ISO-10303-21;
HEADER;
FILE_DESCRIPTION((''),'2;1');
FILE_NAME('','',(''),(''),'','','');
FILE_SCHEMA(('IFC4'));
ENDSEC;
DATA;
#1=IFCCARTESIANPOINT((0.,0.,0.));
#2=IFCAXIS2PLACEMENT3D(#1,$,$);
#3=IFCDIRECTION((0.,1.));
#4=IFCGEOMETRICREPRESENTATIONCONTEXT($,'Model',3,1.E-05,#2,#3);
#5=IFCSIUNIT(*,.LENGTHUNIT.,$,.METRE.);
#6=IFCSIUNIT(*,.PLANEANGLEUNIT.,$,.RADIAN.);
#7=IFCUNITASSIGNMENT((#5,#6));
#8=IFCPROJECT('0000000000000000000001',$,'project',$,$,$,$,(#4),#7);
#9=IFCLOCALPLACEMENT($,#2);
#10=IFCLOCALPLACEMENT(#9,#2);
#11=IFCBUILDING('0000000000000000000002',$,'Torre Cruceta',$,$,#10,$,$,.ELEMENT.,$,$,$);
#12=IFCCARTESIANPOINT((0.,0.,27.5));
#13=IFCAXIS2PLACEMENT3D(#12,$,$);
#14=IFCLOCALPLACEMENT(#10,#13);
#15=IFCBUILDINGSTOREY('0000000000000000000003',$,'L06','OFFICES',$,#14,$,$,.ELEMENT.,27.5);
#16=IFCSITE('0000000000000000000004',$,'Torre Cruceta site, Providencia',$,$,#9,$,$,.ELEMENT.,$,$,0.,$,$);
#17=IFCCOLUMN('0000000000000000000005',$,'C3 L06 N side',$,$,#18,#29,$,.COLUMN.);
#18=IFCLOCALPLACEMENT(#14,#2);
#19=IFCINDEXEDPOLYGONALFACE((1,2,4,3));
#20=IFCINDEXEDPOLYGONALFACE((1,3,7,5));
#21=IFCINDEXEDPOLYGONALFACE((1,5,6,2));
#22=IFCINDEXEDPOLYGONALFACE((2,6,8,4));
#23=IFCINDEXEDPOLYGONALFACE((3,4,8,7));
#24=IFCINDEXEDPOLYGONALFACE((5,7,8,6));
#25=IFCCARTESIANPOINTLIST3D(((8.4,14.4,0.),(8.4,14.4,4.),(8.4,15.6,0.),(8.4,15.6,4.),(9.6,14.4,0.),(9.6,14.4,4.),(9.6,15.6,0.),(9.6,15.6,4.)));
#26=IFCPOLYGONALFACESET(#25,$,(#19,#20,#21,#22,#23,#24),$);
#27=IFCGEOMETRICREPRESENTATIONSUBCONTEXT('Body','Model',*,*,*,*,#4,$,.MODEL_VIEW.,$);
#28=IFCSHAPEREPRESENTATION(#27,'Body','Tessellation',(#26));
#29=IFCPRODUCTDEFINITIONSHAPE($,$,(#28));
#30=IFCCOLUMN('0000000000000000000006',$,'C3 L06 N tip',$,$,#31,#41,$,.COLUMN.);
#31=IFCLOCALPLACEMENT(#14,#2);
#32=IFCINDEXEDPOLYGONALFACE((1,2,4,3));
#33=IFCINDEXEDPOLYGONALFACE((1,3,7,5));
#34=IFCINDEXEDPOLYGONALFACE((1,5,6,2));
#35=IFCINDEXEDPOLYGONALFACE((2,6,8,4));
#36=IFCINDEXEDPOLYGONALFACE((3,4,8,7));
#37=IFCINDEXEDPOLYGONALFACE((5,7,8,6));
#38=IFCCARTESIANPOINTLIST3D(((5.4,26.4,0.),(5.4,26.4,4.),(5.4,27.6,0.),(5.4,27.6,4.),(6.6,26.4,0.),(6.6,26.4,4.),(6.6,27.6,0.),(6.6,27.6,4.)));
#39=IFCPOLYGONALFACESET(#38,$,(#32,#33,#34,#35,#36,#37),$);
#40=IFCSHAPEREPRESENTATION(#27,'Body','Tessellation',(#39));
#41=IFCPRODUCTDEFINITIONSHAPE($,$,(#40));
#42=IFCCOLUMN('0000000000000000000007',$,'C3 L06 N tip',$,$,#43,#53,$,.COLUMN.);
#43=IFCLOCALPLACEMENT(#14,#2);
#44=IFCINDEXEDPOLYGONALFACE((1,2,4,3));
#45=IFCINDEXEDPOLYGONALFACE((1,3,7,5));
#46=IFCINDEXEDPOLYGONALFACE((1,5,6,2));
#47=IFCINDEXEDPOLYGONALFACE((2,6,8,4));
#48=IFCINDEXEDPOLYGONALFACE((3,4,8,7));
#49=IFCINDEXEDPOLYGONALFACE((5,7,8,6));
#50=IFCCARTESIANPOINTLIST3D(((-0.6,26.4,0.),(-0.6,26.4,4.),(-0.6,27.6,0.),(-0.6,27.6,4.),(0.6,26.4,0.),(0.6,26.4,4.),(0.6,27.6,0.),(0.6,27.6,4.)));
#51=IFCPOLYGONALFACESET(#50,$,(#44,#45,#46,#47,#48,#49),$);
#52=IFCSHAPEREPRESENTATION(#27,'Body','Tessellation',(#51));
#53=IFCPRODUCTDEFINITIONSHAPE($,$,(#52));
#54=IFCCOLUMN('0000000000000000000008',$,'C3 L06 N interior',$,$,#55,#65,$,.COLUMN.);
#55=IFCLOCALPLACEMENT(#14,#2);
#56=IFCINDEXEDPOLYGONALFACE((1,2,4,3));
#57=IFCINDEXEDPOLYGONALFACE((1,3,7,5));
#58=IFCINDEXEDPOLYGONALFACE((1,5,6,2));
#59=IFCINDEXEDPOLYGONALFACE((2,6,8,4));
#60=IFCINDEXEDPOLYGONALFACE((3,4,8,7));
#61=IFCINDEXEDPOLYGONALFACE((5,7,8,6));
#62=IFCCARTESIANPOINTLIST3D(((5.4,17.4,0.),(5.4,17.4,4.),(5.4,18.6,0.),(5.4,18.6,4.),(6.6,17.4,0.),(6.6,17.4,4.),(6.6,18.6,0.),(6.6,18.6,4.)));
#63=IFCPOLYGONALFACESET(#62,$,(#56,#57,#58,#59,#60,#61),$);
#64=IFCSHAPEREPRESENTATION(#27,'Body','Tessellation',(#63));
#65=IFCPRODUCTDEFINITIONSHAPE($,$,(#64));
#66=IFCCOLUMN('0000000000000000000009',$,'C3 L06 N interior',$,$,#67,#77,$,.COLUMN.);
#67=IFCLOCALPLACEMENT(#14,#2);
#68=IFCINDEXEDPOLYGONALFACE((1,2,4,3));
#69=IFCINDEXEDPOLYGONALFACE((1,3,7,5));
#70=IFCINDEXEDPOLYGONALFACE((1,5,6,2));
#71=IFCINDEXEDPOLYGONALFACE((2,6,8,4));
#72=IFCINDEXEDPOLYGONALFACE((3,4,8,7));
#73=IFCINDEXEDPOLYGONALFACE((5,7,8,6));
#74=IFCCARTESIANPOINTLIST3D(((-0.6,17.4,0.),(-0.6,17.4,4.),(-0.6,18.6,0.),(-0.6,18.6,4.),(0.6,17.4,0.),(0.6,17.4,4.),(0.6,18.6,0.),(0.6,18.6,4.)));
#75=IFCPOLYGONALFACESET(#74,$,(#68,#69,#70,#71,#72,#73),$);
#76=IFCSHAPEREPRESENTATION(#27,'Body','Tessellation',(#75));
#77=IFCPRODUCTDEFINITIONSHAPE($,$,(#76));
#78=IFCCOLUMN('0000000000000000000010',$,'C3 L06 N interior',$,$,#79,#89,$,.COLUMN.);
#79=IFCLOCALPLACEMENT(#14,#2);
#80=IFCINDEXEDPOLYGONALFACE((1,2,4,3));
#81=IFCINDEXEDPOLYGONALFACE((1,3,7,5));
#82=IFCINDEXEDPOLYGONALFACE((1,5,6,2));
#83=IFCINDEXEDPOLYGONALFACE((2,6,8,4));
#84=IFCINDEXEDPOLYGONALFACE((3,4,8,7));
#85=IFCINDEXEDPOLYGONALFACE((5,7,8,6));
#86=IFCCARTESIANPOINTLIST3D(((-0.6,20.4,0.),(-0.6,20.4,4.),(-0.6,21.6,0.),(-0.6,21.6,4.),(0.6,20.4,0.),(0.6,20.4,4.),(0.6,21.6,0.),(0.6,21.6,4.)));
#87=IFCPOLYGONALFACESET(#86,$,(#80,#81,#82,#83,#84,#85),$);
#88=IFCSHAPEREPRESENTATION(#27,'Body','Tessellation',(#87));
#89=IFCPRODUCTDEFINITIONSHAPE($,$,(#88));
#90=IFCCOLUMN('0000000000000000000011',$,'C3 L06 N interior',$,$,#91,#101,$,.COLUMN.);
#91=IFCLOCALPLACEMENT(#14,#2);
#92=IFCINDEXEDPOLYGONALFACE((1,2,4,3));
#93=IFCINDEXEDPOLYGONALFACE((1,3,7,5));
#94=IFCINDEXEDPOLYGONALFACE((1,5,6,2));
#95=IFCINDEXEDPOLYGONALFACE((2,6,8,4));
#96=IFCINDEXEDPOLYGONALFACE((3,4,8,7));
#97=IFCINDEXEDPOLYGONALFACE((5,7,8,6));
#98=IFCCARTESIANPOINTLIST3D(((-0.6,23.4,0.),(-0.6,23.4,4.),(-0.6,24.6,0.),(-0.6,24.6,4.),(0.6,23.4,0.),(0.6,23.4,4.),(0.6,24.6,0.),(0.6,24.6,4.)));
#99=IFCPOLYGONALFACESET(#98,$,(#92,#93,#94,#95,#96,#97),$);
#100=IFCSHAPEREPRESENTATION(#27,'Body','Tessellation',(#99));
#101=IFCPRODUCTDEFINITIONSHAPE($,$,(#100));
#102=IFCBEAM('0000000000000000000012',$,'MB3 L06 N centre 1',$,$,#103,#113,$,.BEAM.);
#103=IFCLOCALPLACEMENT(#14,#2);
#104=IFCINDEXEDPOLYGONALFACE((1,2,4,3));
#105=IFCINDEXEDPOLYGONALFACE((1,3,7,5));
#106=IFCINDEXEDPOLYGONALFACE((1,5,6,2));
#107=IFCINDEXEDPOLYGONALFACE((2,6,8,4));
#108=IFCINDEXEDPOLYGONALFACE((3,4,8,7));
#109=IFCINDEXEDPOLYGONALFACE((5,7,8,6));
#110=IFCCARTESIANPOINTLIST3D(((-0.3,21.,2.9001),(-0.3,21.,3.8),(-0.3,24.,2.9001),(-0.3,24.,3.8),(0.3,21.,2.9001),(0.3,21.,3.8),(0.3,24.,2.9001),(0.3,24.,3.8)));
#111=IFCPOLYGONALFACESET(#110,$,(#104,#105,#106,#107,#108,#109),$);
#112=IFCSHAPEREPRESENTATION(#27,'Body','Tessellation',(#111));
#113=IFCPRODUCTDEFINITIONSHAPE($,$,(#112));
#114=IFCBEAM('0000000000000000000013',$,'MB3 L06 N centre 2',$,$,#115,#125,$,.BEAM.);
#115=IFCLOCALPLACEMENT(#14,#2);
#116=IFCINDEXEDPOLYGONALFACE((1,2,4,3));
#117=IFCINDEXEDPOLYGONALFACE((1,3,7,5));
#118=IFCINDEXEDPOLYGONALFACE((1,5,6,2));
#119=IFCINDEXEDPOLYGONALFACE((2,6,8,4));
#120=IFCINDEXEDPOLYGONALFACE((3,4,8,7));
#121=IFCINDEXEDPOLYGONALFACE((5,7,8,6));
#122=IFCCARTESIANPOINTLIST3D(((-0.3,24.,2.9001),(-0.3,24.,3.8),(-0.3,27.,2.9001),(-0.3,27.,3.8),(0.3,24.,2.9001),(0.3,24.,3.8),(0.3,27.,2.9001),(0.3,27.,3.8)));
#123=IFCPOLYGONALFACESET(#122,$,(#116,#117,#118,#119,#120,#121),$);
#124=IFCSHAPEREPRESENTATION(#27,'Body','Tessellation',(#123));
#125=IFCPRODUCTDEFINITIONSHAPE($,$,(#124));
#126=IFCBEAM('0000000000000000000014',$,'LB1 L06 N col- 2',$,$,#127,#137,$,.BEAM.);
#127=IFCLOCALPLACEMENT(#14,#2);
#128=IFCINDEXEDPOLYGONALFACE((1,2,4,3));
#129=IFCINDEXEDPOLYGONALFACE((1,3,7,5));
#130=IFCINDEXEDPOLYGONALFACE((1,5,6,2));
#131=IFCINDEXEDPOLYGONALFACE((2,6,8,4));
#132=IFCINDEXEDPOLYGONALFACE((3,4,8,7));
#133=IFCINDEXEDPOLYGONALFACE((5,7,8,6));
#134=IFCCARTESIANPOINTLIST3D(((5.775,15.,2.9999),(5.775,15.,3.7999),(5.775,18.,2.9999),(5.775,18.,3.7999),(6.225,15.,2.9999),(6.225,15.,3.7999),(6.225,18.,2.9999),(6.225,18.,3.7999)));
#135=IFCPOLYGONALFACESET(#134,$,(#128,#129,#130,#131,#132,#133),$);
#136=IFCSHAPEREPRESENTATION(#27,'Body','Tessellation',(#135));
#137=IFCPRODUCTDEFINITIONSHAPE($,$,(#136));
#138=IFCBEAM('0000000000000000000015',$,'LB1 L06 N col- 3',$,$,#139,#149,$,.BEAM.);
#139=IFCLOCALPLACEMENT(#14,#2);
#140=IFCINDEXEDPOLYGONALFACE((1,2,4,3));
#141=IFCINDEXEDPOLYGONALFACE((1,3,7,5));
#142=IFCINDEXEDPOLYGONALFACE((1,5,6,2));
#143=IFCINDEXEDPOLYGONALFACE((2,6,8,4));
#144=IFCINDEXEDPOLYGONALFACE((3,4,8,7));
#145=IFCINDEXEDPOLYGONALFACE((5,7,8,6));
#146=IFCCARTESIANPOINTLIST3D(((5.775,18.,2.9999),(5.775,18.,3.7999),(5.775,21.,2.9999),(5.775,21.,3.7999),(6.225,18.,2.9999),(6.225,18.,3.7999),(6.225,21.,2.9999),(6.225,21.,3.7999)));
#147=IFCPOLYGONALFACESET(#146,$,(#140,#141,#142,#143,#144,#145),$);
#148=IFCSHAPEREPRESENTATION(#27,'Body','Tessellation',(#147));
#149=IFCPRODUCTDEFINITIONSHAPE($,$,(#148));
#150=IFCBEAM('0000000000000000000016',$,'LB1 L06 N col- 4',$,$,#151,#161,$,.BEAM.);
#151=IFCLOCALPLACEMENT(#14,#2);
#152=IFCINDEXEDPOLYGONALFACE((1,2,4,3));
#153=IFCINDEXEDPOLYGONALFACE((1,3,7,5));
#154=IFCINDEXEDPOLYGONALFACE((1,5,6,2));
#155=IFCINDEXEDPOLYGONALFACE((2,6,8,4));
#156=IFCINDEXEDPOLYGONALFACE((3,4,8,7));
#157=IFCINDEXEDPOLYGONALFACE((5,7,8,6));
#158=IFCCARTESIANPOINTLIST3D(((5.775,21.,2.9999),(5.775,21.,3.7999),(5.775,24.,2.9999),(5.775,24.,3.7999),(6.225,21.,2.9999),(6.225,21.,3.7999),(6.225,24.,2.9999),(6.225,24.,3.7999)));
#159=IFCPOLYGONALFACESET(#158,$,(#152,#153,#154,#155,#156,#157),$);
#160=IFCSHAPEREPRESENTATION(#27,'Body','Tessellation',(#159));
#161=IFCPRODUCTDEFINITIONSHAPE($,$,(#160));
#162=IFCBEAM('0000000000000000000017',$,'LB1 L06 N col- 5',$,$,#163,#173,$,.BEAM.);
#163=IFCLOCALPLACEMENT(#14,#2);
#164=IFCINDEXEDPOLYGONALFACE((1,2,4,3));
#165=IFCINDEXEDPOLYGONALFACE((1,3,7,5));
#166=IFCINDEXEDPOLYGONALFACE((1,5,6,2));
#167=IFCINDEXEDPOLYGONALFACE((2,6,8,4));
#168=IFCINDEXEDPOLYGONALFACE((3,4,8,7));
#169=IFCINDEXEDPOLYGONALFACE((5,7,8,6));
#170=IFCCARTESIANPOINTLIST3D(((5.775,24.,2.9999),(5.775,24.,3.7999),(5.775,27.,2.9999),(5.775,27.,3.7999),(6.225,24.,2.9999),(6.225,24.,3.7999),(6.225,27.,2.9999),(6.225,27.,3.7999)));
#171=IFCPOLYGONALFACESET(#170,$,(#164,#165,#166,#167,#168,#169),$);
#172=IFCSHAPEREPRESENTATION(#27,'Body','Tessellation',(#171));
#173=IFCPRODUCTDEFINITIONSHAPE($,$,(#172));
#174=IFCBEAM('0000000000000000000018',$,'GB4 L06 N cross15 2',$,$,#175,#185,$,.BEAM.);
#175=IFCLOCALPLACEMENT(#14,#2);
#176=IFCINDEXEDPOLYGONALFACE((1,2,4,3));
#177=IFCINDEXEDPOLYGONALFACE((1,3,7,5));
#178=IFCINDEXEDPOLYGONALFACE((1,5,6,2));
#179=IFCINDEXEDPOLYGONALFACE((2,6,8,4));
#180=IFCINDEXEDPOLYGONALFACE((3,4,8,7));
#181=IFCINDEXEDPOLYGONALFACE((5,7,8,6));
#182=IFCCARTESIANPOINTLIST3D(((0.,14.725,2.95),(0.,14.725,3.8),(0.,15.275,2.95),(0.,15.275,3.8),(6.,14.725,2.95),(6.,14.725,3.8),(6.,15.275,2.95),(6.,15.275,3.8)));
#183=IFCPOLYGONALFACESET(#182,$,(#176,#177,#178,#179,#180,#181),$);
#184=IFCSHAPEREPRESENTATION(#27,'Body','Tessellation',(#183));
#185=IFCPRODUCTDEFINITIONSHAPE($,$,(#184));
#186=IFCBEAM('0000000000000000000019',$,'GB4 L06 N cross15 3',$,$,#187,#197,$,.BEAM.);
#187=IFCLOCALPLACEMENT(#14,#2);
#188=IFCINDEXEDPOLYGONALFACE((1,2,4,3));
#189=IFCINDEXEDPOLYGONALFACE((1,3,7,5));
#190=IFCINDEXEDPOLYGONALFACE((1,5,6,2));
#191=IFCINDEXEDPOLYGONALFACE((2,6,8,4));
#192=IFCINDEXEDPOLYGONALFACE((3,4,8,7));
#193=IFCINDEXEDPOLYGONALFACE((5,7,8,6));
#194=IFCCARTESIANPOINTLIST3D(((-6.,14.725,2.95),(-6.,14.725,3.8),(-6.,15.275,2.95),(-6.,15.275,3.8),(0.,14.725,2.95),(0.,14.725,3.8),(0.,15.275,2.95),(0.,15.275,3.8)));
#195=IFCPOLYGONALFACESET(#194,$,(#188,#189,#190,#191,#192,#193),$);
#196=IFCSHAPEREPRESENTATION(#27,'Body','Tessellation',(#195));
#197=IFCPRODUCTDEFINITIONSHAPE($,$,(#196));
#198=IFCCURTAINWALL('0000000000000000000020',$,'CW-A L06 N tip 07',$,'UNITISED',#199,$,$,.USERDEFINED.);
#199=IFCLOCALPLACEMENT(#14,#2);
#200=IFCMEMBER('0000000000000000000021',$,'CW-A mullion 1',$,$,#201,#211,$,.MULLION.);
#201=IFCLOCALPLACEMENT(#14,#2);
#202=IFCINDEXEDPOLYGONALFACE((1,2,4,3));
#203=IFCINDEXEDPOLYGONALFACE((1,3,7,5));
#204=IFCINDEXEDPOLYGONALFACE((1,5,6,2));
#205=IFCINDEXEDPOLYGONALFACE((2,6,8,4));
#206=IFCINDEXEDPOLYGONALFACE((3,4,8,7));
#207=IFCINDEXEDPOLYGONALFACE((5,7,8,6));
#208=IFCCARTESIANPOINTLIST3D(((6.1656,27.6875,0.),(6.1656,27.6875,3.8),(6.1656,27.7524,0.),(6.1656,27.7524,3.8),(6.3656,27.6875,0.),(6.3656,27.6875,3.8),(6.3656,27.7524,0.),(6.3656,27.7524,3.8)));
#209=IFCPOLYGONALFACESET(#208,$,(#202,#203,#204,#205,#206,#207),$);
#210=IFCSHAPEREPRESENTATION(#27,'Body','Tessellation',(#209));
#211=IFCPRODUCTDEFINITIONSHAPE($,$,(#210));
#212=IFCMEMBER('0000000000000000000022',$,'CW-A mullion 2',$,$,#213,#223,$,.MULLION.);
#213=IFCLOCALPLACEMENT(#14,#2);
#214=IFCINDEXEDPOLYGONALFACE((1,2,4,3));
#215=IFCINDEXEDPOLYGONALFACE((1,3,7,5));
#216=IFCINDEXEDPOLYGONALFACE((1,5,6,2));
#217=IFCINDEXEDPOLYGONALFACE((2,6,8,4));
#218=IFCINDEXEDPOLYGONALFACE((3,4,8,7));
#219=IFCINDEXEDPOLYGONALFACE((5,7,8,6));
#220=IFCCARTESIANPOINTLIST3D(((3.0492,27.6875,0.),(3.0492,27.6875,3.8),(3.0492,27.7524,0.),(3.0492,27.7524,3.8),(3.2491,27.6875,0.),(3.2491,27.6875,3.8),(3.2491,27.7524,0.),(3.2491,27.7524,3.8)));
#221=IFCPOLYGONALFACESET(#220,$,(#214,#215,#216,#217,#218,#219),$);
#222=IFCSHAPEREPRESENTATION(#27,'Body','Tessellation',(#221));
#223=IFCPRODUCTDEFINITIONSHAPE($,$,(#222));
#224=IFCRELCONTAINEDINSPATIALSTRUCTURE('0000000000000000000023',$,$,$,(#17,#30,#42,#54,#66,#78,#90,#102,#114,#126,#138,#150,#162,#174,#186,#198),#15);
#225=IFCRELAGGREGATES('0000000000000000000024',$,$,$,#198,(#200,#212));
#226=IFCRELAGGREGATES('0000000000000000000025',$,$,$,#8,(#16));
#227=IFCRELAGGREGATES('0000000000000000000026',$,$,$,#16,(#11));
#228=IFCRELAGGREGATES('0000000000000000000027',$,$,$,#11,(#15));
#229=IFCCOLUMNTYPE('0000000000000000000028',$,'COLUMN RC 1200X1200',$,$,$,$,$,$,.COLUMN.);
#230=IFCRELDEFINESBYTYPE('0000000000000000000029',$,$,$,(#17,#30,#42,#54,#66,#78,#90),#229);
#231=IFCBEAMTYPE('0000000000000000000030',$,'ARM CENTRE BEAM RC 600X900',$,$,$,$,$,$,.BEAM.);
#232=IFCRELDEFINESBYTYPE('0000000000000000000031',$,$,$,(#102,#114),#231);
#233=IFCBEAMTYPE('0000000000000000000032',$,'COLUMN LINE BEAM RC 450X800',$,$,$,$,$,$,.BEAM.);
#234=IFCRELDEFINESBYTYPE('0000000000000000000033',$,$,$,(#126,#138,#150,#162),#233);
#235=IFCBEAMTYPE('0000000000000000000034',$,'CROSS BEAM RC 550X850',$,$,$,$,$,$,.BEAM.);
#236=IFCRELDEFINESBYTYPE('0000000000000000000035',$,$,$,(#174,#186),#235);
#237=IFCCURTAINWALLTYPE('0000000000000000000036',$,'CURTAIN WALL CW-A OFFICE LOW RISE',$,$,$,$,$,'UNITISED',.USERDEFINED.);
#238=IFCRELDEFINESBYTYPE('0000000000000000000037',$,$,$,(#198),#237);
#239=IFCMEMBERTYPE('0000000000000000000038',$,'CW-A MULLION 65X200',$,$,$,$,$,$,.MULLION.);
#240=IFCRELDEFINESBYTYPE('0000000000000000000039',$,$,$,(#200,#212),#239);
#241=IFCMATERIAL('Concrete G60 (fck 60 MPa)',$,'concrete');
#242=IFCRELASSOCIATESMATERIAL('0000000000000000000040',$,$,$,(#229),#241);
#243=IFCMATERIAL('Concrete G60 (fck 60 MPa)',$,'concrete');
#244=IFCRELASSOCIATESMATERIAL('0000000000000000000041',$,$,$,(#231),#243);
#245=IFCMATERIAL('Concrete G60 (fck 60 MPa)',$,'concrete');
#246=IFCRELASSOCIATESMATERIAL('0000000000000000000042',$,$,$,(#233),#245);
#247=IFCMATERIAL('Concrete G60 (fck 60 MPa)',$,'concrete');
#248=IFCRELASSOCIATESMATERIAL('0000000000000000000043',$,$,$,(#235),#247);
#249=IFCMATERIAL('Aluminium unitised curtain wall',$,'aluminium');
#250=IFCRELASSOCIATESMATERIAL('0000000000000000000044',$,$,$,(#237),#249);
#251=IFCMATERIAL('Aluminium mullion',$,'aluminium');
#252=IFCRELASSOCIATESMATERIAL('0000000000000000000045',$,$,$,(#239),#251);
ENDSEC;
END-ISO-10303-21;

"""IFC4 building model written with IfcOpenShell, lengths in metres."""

from ifc_helpers import new_model, si_unit, direction, frame, origin, origin_2d, place, context, subcontext, project, spatial, rectangle, extrude, material, material_profile, profile_set, type_object, element, aggregate, save


model = new_model("IFC4")

# Units and contexts
model_context = context("Model", 3, precision=1e-05, world=origin(), true_north=direction((0.0, 1.0)))
body_context = subcontext(model_context, "Body", "Model", "MODEL_VIEW")
ifc_project = project(units=[si_unit("LENGTHUNIT", "METRE"), si_unit("PLANEANGLEUNIT", "RADIAN")], contexts=[model_context])

# Site, building, storey
site_placement = place(None, origin())
site = spatial("IfcSite", under=ifc_project, at=site_placement, Name="Torre Cruceta site, Providencia", CompositionType="ELEMENT", RefElevation=0.0)
building_placement = place(site_placement, origin())
building = spatial("IfcBuilding", under=site, at=building_placement, Name="Torre Cruceta", CompositionType="ELEMENT")
storey_placement = place(building_placement, frame((0.0, 0.0, 27.5)))
storey = spatial("IfcBuildingStorey", under=building, at=storey_placement, Name="L06", Description="OFFICES", CompositionType="ELEMENT", Elevation=27.5)

# Columns
ifc_material_1 = material(Name="Concrete G60 (fck 60 MPa)", Category="concrete")
ifc_material_profile_1 = material_profile(ifc_material_1, rectangle(XDim=1.2, YDim=1.2, at=origin_2d()), Name="RC 1200X1200")
ifc_profile_set_1 = profile_set([ifc_material_profile_1], Name="Concrete G60 (fck 60 MPa)")
column_type = type_object("IfcColumnType", Name="COLUMN RC 1200X1200", PredefinedType="COLUMN", material=ifc_profile_set_1)
for number, where, z_axis, x_axis, name in (
    (1, (9.0, 15.0, 0.0), (0.0, 0.0, 1.0), (1.0, 0.0, 0.0), "C3 L06 N side"),
    (2, (6.0, 27.0, 0.0), (0.0, 0.0, 1.0), (1.0, 0.0, 0.0), "C3 L06 N tip"),
    (3, (0.0, 27.0, 0.0), (0.0, 0.0, 1.0), (1.0, 0.0, 0.0), "C3 L06 N tip"),
    (4, (6.0, 18.0, 0.0), (0.0, 0.0, 1.0), (1.0, 0.0, 0.0), "C3 L06 N interior"),
    (5, (0.0, 18.0, 0.0), (0.0, 0.0, 1.0), (1.0, 0.0, 0.0), "C3 L06 N interior"),
    (6, (0.0, 21.0, 0.0), (0.0, 0.0, 1.0), (1.0, 0.0, 0.0), "C3 L06 N interior"),
    (7, (0.0, 24.0, 0.0), (0.0, 0.0, 1.0), (1.0, 0.0, 0.0), "C3 L06 N interior"),
):
    element("IfcColumn", number, at=place(storey_placement, frame(where, z_axis=z_axis, x_axis=x_axis)), inside=storey, type_object=column_type, Name=name, PredefinedType="COLUMN", context=body_context, shape_type="SweptSolid", body=[
        extrude(rectangle(XDim=1.2, YDim=1.2, at=origin_2d()), origin(), (0.0, 0.0, 1.0), 4.0),
    ])

# Beams
ifc_material_2 = material(Name="Concrete G60 (fck 60 MPa)", Category="concrete")
ifc_material_profile_2 = material_profile(ifc_material_2, rectangle(XDim=0.6001, YDim=0.8999, at=origin_2d()), Name="RC 600X900")
ifc_profile_set_2 = profile_set([ifc_material_profile_2], Name="Concrete G60 (fck 60 MPa)")
beam_type_1 = type_object("IfcBeamType", Name="ARM CENTRE BEAM RC 600X900", PredefinedType="BEAM", material=ifc_profile_set_2)
for number, where, z_axis, x_axis, name in (
    (8, (0.0, 21.0, 3.3501), (0.0, 1.0, 0.0), (-1.0, 0.0, 0.0), "MB3 L06 N centre 1"),
    (9, (0.0, 24.0, 3.3501), (0.0, 1.0, 0.0), (-1.0, 0.0, 0.0), "MB3 L06 N centre 2"),
):
    element("IfcBeam", number, at=place(storey_placement, frame(where, z_axis=z_axis, x_axis=x_axis)), inside=storey, type_object=beam_type_1, Name=name, PredefinedType="BEAM", context=body_context, shape_type="SweptSolid", body=[
        extrude(rectangle(XDim=0.6001, YDim=0.8999, at=origin_2d()), origin(), (0.0, 0.0, 1.0), 3.0),
    ])
ifc_material_3 = material(Name="Concrete G60 (fck 60 MPa)", Category="concrete")
ifc_material_profile_3 = material_profile(ifc_material_3, rectangle(XDim=0.45, YDim=0.8, at=origin_2d()), Name="RC 450X800")
ifc_profile_set_3 = profile_set([ifc_material_profile_3], Name="Concrete G60 (fck 60 MPa)")
beam_type_2 = type_object("IfcBeamType", Name="COLUMN LINE BEAM RC 450X800", PredefinedType="BEAM", material=ifc_profile_set_3)
for number, where, z_axis, x_axis, name in (
    (10, (6.0, 15.0, 3.3999), (0.0, 1.0, 0.0), (-1.0, 0.0, 0.0), "LB1 L06 N col- 2"),
    (11, (6.0, 18.0, 3.3999), (0.0, 1.0, 0.0), (-1.0, 0.0, 0.0), "LB1 L06 N col- 3"),
    (12, (6.0, 21.0, 3.3999), (0.0, 1.0, 0.0), (-1.0, 0.0, 0.0), "LB1 L06 N col- 4"),
    (13, (6.0, 24.0, 3.3999), (0.0, 1.0, 0.0), (-1.0, 0.0, 0.0), "LB1 L06 N col- 5"),
):
    element("IfcBeam", number, at=place(storey_placement, frame(where, z_axis=z_axis, x_axis=x_axis)), inside=storey, type_object=beam_type_2, Name=name, PredefinedType="BEAM", context=body_context, shape_type="SweptSolid", body=[
        extrude(rectangle(XDim=0.45, YDim=0.8, at=origin_2d()), origin(), (0.0, 0.0, 1.0), 3.0),
    ])
ifc_material_4 = material(Name="Concrete G60 (fck 60 MPa)", Category="concrete")
ifc_material_profile_4 = material_profile(ifc_material_4, rectangle(XDim=0.55, YDim=0.8501, at=origin_2d()), Name="RC 550X850")
ifc_profile_set_4 = profile_set([ifc_material_profile_4], Name="Concrete G60 (fck 60 MPa)")
beam_type_3 = type_object("IfcBeamType", Name="CROSS BEAM RC 550X850", PredefinedType="BEAM", material=ifc_profile_set_4)
for number, where, z_axis, x_axis, name in (
    (14, (6.0, 15.0, 3.375), (-1.0, 0.0, 0.0), (0.0, -1.0, 0.0), "GB4 L06 N cross15 2"),
    (15, (0.0, 15.0, 3.375), (-1.0, 0.0, 0.0), (0.0, -1.0, 0.0), "GB4 L06 N cross15 3"),
):
    element("IfcBeam", number, at=place(storey_placement, frame(where, z_axis=z_axis, x_axis=x_axis)), inside=storey, type_object=beam_type_3, Name=name, PredefinedType="BEAM", context=body_context, shape_type="SweptSolid", body=[
        extrude(rectangle(XDim=0.55, YDim=0.8501, at=origin_2d()), origin(), (0.0, 0.0, 1.0), 6.0),
    ])

# Curtain wall, members
ifc_material_5 = material(Name="Aluminium unitised curtain wall", Category="aluminium")
curtain_wall_type = type_object("IfcCurtainWallType", Name="CURTAIN WALL CW-A OFFICE LOW RISE", ElementType="UNITISED", PredefinedType="USERDEFINED", material=ifc_material_5)
curtain_wall_placement = place(storey_placement, origin())
curtain_wall = element("IfcCurtainWall", 16, at=curtain_wall_placement, inside=storey, type_object=curtain_wall_type, Name="CW-A L06 N tip 07", ObjectType="UNITISED", PredefinedType="USERDEFINED")
ifc_material_6 = material(Name="Aluminium mullion", Category="aluminium")
ifc_material_profile_5 = material_profile(ifc_material_6, rectangle(XDim=0.0649, YDim=0.2, at=origin_2d()), Name="AL 65X200")
ifc_profile_set_5 = profile_set([ifc_material_profile_5], Name="Aluminium mullion")
member_type_1 = type_object("IfcMemberType", Name="CW-A MULLION 65X200", PredefinedType="MULLION", material=ifc_profile_set_5)
member_1_placement = place(storey_placement, frame((6.2656, 27.72, 0.0), z_axis=(0.0, 0.0, 1.0), x_axis=(0.0, -1.0, 0.0)))
member_1 = element("IfcMember", 17, at=member_1_placement, type_object=member_type_1, Name="CW-A mullion 1", PredefinedType="MULLION", context=body_context, shape_type="SweptSolid", body=[
    extrude(rectangle(XDim=0.0649, YDim=0.2, at=origin_2d()), origin(), (0.0, 0.0, 1.0), 3.8),
])
member_2_placement = place(storey_placement, frame((3.1492, 27.72, 0.0), z_axis=(0.0, 0.0, 1.0), x_axis=(0.0, -1.0, 0.0)))
member_2 = element("IfcMember", 18, at=member_2_placement, type_object=member_type_1, Name="CW-A mullion 2", PredefinedType="MULLION", context=body_context, shape_type="SweptSolid", body=[
    extrude(rectangle(XDim=0.0649, YDim=0.2, at=origin_2d()), origin(), (0.0, 0.0, 1.0), 3.8),
])

aggregate(curtain_wall, [member_1, member_2])

save(model, "model.ifc")
